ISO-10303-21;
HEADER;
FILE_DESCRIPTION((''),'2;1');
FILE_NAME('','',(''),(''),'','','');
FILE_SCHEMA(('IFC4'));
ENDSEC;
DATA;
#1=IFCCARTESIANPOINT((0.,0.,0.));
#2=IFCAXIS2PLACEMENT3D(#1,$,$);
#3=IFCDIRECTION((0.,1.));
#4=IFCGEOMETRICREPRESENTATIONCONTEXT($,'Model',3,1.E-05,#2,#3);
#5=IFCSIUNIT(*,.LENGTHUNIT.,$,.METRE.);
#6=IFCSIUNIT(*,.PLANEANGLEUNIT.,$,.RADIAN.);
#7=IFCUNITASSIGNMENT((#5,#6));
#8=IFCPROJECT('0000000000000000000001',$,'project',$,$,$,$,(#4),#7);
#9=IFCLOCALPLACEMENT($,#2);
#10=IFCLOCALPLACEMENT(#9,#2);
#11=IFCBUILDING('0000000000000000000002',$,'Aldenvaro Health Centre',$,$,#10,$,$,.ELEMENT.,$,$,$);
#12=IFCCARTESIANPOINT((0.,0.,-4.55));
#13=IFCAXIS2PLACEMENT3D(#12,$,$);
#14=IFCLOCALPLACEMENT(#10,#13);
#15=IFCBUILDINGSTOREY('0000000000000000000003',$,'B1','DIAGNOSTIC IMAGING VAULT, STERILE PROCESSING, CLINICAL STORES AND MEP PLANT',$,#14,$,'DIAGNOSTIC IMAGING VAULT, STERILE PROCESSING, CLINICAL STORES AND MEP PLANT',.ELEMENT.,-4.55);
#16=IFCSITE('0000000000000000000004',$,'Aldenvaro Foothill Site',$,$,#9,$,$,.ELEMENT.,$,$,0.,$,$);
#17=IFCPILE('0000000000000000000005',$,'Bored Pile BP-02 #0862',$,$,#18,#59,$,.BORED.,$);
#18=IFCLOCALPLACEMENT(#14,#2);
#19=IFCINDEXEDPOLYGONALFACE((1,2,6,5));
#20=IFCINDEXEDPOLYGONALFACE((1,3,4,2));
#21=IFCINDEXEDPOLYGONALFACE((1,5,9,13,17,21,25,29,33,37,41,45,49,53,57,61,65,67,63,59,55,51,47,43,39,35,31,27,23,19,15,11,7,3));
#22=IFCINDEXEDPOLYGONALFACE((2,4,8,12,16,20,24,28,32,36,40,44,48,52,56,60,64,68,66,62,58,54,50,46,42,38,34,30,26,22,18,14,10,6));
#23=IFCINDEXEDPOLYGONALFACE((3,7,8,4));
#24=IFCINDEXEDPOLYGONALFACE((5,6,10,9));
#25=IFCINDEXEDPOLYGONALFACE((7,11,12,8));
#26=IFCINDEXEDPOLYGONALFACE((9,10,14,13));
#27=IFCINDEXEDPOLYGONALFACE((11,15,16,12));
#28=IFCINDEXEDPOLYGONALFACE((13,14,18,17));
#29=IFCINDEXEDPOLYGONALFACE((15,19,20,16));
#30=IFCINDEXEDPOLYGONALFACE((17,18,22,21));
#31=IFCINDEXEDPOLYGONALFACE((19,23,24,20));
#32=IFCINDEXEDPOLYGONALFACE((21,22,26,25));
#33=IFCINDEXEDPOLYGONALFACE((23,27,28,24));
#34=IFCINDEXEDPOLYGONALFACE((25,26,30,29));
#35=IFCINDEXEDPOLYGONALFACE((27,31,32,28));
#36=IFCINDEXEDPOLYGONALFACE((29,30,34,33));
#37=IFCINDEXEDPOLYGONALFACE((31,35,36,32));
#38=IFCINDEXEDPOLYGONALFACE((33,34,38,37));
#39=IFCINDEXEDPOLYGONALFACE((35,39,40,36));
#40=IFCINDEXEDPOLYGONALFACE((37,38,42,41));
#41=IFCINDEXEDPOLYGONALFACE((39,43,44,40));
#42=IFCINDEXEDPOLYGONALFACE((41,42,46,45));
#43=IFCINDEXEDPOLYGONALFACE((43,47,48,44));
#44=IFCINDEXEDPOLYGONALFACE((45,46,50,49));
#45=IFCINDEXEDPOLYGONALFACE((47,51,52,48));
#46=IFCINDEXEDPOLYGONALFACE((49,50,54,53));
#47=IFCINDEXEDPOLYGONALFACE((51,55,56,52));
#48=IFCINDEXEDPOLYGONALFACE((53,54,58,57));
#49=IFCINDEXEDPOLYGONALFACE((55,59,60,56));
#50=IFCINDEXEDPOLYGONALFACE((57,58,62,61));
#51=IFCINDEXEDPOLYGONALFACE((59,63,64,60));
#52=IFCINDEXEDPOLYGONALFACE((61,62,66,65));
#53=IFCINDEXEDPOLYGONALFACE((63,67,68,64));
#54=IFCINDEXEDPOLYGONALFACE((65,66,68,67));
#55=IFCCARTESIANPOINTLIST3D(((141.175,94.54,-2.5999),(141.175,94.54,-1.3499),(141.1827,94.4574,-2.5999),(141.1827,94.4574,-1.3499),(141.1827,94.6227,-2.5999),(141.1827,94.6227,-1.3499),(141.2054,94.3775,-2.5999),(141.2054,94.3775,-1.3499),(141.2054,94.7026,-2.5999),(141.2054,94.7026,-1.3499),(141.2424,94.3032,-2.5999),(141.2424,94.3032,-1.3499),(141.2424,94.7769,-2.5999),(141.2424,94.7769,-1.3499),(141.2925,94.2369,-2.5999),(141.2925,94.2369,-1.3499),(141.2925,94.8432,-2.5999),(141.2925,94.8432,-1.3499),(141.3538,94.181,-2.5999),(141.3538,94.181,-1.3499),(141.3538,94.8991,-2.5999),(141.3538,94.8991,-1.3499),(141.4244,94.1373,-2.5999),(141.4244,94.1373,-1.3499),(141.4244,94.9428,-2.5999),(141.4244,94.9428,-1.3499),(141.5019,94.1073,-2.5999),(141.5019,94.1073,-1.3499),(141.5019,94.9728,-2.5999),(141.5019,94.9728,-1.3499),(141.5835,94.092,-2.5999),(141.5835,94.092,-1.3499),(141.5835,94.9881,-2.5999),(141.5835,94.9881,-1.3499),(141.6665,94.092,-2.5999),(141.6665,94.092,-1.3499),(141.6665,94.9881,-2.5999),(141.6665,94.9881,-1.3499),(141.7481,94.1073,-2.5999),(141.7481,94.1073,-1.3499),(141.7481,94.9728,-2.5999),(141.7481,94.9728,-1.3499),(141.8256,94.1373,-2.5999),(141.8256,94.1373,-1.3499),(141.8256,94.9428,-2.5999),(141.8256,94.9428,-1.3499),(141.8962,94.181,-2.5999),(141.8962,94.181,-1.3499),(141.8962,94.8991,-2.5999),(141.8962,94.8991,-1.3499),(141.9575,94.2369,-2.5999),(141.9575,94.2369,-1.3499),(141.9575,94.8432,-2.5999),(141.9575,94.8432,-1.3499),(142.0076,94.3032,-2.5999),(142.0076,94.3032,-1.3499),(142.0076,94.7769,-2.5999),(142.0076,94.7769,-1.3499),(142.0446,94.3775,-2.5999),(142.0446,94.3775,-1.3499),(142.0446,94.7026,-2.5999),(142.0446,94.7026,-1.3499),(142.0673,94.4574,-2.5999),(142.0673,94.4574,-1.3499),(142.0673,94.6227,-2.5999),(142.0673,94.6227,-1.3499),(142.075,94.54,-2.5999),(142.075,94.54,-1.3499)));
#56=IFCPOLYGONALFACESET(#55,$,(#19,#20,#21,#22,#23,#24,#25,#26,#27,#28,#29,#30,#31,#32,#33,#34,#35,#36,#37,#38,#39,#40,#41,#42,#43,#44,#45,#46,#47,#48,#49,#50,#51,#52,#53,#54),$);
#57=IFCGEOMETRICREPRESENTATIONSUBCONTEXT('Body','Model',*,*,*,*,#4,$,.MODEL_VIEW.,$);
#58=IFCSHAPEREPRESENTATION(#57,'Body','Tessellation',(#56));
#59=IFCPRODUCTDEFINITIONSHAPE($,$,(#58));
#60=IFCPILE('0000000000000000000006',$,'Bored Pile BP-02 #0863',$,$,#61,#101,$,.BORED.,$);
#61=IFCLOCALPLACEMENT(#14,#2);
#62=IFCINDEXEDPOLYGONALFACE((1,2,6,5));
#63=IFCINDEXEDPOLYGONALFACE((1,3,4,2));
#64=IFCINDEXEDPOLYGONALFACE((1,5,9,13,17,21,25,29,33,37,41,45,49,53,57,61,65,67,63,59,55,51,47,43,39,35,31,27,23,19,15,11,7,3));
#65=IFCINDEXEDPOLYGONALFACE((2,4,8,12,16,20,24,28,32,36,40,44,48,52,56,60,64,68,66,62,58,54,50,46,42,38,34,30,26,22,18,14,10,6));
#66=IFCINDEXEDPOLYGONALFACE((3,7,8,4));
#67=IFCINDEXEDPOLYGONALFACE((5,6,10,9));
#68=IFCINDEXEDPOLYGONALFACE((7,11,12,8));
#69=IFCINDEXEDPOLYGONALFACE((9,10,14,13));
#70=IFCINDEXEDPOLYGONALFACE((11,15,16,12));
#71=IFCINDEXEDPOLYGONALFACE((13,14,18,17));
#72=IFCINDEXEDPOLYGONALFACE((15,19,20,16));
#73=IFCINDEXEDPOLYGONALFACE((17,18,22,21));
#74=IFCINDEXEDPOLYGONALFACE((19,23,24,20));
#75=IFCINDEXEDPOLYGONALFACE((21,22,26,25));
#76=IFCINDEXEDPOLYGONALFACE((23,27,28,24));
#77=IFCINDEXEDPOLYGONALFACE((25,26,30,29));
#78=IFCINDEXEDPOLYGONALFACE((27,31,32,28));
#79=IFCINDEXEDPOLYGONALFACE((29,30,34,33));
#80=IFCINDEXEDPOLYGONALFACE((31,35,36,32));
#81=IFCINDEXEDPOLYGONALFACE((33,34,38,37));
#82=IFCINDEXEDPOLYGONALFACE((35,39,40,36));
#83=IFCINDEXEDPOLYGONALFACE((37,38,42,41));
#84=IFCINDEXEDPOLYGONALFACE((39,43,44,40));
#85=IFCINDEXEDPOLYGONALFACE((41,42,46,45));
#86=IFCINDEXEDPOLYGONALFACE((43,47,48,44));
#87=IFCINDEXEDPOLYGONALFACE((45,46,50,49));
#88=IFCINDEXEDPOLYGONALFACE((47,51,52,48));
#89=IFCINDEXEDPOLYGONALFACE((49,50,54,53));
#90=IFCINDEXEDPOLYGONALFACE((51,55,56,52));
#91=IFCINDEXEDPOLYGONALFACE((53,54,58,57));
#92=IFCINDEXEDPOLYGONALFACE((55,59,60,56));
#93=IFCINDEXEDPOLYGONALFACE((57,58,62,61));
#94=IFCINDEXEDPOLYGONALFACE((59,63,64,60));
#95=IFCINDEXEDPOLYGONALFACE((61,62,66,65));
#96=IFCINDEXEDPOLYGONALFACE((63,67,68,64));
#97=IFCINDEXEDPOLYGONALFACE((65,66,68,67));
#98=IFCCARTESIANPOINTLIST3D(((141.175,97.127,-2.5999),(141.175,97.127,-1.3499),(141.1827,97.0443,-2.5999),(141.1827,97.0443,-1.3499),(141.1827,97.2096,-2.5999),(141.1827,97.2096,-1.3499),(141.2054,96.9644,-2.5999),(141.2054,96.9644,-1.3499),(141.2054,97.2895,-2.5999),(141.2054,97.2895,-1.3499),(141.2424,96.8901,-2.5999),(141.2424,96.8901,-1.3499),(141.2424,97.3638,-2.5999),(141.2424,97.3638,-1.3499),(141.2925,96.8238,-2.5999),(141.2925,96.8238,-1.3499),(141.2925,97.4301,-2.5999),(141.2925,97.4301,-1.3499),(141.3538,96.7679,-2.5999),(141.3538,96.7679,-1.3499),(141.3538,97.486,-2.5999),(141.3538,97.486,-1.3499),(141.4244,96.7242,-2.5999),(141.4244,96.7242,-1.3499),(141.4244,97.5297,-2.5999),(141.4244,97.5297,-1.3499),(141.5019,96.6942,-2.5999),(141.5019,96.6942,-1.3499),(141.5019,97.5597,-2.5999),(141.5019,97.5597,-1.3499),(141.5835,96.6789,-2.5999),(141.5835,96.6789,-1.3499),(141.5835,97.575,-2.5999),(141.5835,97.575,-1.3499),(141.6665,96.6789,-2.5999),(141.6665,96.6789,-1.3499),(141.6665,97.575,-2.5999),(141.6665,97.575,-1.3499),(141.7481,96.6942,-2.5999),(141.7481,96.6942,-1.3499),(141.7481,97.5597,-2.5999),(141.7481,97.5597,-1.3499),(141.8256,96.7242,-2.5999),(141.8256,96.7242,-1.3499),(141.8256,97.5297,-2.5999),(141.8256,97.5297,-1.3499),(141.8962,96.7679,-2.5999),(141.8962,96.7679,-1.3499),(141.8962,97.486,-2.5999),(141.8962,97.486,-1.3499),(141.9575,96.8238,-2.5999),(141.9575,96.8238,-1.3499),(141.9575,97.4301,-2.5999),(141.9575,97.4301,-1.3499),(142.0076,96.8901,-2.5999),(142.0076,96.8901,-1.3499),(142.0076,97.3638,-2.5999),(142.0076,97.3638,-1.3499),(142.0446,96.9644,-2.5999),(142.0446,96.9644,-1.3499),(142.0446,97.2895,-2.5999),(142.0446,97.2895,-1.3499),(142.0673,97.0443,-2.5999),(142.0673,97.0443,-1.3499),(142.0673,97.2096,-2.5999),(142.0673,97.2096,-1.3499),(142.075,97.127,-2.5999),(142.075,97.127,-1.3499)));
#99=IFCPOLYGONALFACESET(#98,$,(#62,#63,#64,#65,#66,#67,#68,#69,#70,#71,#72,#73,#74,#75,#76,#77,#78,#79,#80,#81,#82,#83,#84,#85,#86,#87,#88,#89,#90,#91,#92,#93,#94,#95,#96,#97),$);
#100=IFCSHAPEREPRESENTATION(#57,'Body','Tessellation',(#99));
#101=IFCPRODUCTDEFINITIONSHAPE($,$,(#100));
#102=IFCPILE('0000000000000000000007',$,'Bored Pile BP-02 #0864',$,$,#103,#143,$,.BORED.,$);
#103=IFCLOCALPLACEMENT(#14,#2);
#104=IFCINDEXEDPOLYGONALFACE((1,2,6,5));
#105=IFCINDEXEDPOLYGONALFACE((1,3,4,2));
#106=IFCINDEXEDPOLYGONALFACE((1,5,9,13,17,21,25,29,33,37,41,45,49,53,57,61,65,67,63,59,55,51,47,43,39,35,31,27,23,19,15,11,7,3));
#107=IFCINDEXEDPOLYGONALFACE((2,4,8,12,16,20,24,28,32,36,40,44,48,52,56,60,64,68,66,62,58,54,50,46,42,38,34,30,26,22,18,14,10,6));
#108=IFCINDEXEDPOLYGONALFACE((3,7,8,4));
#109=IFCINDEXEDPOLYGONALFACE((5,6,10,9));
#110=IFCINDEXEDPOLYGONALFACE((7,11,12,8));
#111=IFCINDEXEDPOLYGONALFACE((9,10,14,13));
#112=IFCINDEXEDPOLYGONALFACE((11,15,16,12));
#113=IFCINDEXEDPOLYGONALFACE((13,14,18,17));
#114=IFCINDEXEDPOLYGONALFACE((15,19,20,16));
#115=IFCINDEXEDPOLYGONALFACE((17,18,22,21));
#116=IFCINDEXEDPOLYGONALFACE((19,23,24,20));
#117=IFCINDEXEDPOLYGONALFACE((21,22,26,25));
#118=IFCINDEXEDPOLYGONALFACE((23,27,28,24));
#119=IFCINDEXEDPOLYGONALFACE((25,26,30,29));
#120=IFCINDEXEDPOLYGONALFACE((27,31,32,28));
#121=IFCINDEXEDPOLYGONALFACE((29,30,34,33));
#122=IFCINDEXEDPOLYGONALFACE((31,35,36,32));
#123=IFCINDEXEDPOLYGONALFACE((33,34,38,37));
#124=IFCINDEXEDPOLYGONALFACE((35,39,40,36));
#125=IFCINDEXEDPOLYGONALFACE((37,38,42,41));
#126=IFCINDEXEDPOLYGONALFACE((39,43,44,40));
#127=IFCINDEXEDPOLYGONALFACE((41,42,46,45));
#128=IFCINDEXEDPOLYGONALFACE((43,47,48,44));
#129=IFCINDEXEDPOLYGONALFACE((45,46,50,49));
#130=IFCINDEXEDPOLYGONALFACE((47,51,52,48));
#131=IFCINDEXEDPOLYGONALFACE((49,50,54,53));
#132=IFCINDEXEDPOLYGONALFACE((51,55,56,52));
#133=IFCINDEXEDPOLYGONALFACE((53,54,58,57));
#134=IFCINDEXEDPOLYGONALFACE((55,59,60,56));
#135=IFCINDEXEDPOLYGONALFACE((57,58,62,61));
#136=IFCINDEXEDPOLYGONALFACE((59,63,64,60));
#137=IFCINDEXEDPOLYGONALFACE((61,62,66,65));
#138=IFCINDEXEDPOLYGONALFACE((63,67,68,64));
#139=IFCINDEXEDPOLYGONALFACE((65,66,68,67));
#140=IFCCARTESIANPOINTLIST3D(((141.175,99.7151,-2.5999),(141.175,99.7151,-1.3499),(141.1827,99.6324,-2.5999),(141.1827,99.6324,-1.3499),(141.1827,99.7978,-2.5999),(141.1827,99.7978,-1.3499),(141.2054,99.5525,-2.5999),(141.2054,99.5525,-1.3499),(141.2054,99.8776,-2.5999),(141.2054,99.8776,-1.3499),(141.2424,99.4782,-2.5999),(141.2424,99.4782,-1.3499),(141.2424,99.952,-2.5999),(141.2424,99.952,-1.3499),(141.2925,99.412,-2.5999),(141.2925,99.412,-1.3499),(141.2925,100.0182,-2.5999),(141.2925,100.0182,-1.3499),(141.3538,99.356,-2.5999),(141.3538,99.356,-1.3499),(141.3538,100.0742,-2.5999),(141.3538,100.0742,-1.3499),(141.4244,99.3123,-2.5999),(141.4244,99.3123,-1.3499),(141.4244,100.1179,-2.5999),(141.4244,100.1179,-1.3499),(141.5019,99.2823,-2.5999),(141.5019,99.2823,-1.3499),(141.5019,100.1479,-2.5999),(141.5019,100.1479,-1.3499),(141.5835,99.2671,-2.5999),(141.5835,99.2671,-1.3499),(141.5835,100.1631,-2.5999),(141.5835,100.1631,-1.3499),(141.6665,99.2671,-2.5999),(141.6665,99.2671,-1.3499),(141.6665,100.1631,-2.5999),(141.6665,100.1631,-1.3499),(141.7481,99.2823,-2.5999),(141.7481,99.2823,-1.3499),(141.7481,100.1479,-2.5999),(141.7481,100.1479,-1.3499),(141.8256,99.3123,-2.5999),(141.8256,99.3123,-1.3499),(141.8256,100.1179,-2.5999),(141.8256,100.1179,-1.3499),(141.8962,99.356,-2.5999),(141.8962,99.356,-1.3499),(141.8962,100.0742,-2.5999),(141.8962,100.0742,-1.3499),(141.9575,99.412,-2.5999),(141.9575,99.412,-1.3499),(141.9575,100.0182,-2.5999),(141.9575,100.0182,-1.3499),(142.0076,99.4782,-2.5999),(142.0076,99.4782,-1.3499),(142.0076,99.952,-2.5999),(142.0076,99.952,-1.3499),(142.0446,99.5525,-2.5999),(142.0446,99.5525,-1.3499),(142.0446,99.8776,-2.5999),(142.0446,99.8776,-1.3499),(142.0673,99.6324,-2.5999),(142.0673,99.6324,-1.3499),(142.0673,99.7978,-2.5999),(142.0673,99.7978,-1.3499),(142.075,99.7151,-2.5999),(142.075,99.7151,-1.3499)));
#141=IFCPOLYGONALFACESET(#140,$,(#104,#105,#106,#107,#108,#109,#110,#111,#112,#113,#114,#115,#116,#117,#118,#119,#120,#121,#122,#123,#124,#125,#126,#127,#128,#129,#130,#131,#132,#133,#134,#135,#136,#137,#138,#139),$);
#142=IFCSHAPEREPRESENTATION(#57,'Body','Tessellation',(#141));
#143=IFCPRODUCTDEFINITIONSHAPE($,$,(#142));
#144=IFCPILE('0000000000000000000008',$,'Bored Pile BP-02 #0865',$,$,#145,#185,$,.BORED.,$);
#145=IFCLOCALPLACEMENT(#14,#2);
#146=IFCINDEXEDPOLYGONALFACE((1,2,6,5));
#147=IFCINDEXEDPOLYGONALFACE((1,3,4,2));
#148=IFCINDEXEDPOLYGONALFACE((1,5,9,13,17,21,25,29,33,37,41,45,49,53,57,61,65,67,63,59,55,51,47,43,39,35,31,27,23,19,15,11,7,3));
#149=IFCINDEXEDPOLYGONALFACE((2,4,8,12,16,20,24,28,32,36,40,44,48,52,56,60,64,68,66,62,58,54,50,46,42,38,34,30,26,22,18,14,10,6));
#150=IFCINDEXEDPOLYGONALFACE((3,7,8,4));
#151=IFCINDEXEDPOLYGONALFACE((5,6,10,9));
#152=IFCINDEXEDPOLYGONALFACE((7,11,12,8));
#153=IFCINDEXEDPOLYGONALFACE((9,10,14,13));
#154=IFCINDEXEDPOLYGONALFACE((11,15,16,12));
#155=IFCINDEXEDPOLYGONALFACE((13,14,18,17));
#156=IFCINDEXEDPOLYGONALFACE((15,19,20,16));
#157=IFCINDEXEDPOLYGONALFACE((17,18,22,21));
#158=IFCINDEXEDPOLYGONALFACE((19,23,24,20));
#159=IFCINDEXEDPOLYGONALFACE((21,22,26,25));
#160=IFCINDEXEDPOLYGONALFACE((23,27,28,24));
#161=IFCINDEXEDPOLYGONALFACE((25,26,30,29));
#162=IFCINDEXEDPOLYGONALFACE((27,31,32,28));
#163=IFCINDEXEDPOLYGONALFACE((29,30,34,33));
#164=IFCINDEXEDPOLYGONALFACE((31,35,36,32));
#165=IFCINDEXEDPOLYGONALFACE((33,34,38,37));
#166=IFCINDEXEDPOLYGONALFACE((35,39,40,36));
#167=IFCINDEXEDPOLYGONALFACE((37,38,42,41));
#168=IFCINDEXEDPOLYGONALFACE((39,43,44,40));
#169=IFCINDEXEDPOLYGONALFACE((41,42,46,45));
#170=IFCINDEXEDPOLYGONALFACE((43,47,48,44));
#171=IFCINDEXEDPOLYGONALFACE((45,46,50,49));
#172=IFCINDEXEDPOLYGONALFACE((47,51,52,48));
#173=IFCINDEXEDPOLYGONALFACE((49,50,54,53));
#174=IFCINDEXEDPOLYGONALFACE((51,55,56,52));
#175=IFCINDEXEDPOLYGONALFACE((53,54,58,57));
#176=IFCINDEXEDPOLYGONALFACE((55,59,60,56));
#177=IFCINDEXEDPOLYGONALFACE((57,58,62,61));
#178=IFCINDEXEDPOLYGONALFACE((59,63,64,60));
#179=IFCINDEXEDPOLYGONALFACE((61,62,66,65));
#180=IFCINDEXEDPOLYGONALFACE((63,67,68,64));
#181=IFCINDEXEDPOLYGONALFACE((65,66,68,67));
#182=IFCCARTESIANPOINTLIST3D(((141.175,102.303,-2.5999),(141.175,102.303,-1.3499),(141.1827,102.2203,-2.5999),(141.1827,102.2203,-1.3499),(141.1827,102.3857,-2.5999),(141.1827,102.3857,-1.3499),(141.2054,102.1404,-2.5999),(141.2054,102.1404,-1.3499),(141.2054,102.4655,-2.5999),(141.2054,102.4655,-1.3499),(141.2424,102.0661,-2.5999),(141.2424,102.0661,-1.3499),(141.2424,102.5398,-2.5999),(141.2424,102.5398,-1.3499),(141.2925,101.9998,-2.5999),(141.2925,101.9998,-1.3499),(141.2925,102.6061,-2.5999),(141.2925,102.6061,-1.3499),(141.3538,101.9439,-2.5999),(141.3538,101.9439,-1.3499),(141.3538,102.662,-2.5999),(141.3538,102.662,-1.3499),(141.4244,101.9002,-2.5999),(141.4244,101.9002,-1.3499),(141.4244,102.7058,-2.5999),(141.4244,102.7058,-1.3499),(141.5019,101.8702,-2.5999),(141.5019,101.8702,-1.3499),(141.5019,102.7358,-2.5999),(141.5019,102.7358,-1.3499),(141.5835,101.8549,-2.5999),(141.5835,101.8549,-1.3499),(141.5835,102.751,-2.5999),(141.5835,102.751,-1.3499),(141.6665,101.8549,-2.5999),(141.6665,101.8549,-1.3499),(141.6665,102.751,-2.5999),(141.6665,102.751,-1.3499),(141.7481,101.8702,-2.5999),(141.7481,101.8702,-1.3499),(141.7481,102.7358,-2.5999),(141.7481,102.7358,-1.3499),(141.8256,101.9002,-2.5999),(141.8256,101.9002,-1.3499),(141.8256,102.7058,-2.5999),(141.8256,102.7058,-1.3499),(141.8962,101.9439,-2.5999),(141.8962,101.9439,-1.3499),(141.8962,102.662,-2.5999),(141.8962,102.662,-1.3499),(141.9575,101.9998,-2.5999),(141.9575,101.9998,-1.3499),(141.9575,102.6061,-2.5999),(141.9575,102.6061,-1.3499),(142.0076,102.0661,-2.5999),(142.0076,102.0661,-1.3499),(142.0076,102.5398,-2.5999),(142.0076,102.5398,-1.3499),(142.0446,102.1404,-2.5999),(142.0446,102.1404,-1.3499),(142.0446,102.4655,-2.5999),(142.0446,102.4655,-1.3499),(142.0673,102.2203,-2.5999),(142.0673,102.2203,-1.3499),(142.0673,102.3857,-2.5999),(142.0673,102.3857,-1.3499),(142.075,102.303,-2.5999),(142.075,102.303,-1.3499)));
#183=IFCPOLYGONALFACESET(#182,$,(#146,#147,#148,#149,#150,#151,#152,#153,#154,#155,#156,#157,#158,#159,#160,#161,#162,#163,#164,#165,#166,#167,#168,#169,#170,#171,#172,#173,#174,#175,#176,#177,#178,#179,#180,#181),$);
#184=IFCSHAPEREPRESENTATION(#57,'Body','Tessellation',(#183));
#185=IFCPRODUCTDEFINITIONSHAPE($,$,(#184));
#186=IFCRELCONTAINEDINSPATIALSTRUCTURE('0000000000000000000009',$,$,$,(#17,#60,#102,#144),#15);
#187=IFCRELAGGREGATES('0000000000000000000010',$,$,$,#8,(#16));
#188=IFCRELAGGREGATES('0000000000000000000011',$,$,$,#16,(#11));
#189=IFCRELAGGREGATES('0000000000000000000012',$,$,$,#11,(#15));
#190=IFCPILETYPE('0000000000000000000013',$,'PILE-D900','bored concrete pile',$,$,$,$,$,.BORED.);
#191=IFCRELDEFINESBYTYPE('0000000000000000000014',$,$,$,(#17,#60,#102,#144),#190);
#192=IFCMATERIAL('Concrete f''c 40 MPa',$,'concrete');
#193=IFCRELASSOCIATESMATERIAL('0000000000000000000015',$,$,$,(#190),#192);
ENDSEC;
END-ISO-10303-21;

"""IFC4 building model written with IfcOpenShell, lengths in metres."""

from ifc_helpers import new_model, si_unit, direction, frame, origin, origin_2d, place, context, subcontext, project, spatial, circle, extrude, material, material_profile, profile_set, type_object, element, save


model = new_model("IFC4")

# Units and contexts
model_context = context("Model", 3, precision=1e-05, world=origin(), true_north=direction((0.0, 1.0)))
body_context = subcontext(model_context, "Body", "Model", "MODEL_VIEW")
ifc_project = project(units=[si_unit("LENGTHUNIT", "METRE"), si_unit("PLANEANGLEUNIT", "RADIAN")], contexts=[model_context])

# Site, building, storey
site_placement = place(None, origin())
site = spatial("IfcSite", under=ifc_project, at=site_placement, Name="Aldenvaro Foothill Site", CompositionType="ELEMENT", RefElevation=0.0)
building_placement = place(site_placement, origin())
building = spatial("IfcBuilding", under=site, at=building_placement, Name="Aldenvaro Health Centre", CompositionType="ELEMENT")
storey_placement = place(building_placement, frame((0.0, 0.0, -4.55)))
storey = spatial("IfcBuildingStorey", under=building, at=storey_placement, Name="B1", Description="DIAGNOSTIC IMAGING VAULT, STERILE PROCESSING, CLINICAL STORES AND MEP PLANT", LongName="DIAGNOSTIC IMAGING VAULT, STERILE PROCESSING, CLINICAL STORES AND MEP PLANT", CompositionType="ELEMENT", Elevation=-4.55)

# Piles
ifc_material_1 = material(Name="Concrete f'c 40 MPa", Category="concrete")
ifc_material_profile_1 = material_profile(ifc_material_1, circle(Radius=0.45, at=origin_2d()), Name="PILE D900", Category="concrete")
ifc_profile_set_1 = profile_set([ifc_material_profile_1], Name="Concrete f'c 40 MPa")
pile_type = type_object("IfcPileType", Name="PILE-D900", Description="bored concrete pile", PredefinedType="BORED", material=ifc_profile_set_1)
for number, where, z_axis, x_axis, name in (
    (1, (141.625, 94.54, -1.3499), (0.0, 0.0, -1.0), (1.0, 0.0, 0.0), "Bored Pile BP-02 #0862"),
    (2, (141.625, 97.127, -1.3499), (0.0, 0.0, -1.0), (1.0, 0.0, 0.0), "Bored Pile BP-02 #0863"),
    (3, (141.625, 99.7151, -1.3499), (0.0, 0.0, -1.0), (1.0, 0.0, 0.0), "Bored Pile BP-02 #0864"),
    (4, (141.625, 102.303, -1.3499), (0.0, 0.0, -1.0), (1.0, 0.0, 0.0), "Bored Pile BP-02 #0865"),
):
    element("IfcPile", number, at=place(storey_placement, frame(where, z_axis=z_axis, x_axis=x_axis)), inside=storey, type_object=pile_type, Name=name, PredefinedType="BORED", context=body_context, shape_type="SweptSolid", body=[
        extrude(circle(Radius=0.45, at=origin_2d()), origin(), (0.0, 0.0, 1.0), 1.25),
    ])

save(model, "model.ifc")
